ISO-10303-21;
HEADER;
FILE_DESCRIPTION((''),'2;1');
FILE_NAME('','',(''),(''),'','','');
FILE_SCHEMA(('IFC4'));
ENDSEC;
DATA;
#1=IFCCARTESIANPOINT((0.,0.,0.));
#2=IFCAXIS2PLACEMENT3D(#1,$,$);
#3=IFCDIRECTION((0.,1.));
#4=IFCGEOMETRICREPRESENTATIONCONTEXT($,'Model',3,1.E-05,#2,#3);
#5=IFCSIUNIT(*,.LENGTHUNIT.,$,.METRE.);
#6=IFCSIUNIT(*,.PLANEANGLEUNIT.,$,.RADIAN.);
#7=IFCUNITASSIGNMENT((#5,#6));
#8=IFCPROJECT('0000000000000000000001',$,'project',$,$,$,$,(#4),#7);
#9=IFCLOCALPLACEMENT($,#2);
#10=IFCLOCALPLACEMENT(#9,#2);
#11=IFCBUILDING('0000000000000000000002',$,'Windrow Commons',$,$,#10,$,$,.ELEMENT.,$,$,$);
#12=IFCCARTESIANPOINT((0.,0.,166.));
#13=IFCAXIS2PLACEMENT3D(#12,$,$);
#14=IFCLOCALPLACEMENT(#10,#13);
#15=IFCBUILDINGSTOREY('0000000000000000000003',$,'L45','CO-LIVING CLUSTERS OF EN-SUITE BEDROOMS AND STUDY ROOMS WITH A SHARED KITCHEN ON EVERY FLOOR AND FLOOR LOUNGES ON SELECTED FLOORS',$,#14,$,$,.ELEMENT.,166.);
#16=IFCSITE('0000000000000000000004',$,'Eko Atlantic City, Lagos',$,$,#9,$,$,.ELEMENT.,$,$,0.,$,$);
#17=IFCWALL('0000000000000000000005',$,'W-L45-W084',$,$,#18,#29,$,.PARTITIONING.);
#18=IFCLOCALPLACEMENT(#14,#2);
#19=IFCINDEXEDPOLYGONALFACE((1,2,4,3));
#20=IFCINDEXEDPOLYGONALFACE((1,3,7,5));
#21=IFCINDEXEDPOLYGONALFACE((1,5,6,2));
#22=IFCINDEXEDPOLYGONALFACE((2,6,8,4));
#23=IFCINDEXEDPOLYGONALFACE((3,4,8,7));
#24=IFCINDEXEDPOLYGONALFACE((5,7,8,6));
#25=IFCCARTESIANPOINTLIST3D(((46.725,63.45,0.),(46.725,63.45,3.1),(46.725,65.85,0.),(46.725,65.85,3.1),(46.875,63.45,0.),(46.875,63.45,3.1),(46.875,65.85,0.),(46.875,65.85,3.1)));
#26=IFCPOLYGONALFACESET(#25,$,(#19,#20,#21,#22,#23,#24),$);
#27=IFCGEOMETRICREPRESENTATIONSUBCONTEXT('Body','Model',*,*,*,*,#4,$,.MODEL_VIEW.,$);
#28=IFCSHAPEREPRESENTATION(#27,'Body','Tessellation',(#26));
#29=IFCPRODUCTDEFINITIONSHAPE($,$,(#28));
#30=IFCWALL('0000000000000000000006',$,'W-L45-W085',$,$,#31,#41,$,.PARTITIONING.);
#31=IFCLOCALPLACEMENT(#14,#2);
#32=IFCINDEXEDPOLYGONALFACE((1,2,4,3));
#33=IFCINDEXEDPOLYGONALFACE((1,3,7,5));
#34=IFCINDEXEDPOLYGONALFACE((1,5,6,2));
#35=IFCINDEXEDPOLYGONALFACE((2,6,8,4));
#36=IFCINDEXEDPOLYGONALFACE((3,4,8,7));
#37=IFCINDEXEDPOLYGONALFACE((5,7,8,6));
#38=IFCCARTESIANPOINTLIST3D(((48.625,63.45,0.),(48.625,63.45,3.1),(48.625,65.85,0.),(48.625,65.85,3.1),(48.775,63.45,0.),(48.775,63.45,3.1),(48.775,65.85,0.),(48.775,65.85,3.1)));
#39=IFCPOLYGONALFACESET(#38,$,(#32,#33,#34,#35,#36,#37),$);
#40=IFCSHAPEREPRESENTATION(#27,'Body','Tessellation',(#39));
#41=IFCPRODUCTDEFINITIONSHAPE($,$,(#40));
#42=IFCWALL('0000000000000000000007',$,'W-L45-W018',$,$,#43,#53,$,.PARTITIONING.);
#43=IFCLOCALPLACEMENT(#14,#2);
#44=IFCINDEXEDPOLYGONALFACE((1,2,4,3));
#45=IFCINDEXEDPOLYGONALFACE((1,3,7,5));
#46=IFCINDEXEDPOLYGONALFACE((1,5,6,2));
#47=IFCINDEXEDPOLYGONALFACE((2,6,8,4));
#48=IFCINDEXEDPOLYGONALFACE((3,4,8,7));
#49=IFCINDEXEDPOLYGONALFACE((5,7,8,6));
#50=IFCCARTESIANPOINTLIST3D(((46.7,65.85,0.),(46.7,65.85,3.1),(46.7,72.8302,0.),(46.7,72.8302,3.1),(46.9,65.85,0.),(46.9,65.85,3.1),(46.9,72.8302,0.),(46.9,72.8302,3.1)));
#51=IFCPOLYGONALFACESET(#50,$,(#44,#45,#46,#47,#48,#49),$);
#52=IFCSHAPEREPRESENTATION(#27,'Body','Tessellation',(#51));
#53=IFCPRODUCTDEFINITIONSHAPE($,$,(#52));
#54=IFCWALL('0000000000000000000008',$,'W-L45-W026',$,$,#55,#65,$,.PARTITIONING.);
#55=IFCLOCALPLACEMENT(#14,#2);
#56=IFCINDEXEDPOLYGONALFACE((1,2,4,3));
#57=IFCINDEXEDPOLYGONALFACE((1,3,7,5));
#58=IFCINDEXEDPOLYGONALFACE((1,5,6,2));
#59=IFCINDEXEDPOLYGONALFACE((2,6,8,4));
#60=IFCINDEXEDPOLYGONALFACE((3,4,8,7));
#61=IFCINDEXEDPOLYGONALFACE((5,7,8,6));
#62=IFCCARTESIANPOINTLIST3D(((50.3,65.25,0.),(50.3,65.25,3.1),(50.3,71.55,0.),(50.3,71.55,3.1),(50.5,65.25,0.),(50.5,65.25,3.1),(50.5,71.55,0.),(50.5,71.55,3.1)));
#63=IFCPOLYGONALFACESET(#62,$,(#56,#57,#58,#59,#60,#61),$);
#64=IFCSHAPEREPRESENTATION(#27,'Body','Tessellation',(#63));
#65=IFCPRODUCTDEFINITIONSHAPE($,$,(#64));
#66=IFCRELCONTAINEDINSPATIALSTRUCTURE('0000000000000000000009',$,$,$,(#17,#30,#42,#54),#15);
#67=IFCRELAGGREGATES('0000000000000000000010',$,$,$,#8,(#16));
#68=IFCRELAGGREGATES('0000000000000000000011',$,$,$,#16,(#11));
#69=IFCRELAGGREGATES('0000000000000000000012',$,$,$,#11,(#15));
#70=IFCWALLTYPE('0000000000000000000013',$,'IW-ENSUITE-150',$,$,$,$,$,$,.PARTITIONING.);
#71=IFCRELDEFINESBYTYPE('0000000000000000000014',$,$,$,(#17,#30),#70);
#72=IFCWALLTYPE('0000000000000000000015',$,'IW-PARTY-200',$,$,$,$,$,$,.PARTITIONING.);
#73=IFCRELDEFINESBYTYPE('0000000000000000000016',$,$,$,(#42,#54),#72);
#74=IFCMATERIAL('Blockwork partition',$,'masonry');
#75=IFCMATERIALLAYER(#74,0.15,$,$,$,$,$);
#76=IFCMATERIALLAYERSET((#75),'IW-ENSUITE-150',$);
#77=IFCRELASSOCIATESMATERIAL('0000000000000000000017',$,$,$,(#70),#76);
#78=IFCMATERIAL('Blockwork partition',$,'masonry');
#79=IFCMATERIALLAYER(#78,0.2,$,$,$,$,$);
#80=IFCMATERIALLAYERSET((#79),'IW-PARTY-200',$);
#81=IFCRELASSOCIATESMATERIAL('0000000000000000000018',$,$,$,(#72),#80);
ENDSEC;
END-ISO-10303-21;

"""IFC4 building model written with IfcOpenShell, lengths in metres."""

from ifc_helpers import new_model, si_unit, direction, frame, frame_2d, origin, place, context, subcontext, project, spatial, rectangle, extrude, material, layer, layer_set, type_object, element, save


model = new_model("IFC4")

# Units and contexts
model_context = context("Model", 3, precision=1e-05, world=origin(), true_north=direction((0.0, 1.0)))
body_context = subcontext(model_context, "Body", "Model", "MODEL_VIEW")
ifc_project = project(units=[si_unit("LENGTHUNIT", "METRE"), si_unit("PLANEANGLEUNIT", "RADIAN")], contexts=[model_context])

# Site, building, storey
site_placement = place(None, origin())
site = spatial("IfcSite", under=ifc_project, at=site_placement, Name="Eko Atlantic City, Lagos", CompositionType="ELEMENT", RefElevation=0.0)
building_placement = place(site_placement, origin())
building = spatial("IfcBuilding", under=site, at=building_placement, Name="Windrow Commons", CompositionType="ELEMENT")
storey_placement = place(building_placement, frame((0.0, 0.0, 166.0)))
storey = spatial("IfcBuildingStorey", under=building, at=storey_placement, Name="L45", Description="CO-LIVING CLUSTERS OF EN-SUITE BEDROOMS AND STUDY ROOMS WITH A SHARED KITCHEN ON EVERY FLOOR AND FLOOR LOUNGES ON SELECTED FLOORS", CompositionType="ELEMENT", Elevation=166.0)

# Shared definitions
ifc_material_1 = material(Name="Blockwork partition", Category="masonry")
ifc_layer_1 = layer(ifc_material_1, 0.15)
ifc_layer_set_1 = layer_set([ifc_layer_1], Name="IW-ENSUITE-150")
wall_type_1 = type_object("IfcWallType", Name="IW-ENSUITE-150", PredefinedType="PARTITIONING", material=ifc_layer_set_1)

# Walls
for number, where, z_axis, x_axis, name in (
    (1, (46.8, 63.45, 0.0), (0.0, 0.0, 1.0), (0.0, 1.0, 0.0), "W-L45-W084"),
    (2, (48.7, 63.45, 0.0), (0.0, 0.0, 1.0), (0.0, 1.0, 0.0), "W-L45-W085"),
):
    element("IfcWall", number, at=place(storey_placement, frame(where, z_axis=z_axis, x_axis=x_axis)), inside=storey, type_object=wall_type_1, Name=name, PredefinedType="PARTITIONING", context=body_context, shape_type="SweptSolid", body=[
        extrude(rectangle(XDim=2.4, YDim=0.15, at=frame_2d((1.2, 0.0))), origin(), (0.0, 0.0, 1.0), 3.1),
    ])
ifc_material_2 = material(Name="Blockwork partition", Category="masonry")
ifc_layer_2 = layer(ifc_material_2, 0.2)
ifc_layer_set_2 = layer_set([ifc_layer_2], Name="IW-PARTY-200")
wall_type_2 = type_object("IfcWallType", Name="IW-PARTY-200", PredefinedType="PARTITIONING", material=ifc_layer_set_2)
wall_1_placement = place(storey_placement, frame((46.8, 65.85, 0.0), z_axis=(0.0, 0.0, 1.0), x_axis=(0.0, 1.0, 0.0)))
element("IfcWall", 3, at=wall_1_placement, inside=storey, type_object=wall_type_2, Name="W-L45-W018", PredefinedType="PARTITIONING", context=body_context, shape_type="SweptSolid", body=[
    extrude(rectangle(XDim=6.9802, YDim=0.2, at=frame_2d((3.4901, 0.0))), origin(), (0.0, 0.0, 1.0), 3.1),
])
wall_2_placement = place(storey_placement, frame((50.4, 65.25, 0.0), z_axis=(0.0, 0.0, 1.0), x_axis=(0.0, 1.0, 0.0)))
element("IfcWall", 4, at=wall_2_placement, inside=storey, type_object=wall_type_2, Name="W-L45-W026", PredefinedType="PARTITIONING", context=body_context, shape_type="SweptSolid", body=[
    extrude(rectangle(XDim=6.3, YDim=0.2, at=frame_2d((3.15, 0.0))), origin(), (0.0, 0.0, 1.0), 3.1),
])

save(model, "model.ifc")
